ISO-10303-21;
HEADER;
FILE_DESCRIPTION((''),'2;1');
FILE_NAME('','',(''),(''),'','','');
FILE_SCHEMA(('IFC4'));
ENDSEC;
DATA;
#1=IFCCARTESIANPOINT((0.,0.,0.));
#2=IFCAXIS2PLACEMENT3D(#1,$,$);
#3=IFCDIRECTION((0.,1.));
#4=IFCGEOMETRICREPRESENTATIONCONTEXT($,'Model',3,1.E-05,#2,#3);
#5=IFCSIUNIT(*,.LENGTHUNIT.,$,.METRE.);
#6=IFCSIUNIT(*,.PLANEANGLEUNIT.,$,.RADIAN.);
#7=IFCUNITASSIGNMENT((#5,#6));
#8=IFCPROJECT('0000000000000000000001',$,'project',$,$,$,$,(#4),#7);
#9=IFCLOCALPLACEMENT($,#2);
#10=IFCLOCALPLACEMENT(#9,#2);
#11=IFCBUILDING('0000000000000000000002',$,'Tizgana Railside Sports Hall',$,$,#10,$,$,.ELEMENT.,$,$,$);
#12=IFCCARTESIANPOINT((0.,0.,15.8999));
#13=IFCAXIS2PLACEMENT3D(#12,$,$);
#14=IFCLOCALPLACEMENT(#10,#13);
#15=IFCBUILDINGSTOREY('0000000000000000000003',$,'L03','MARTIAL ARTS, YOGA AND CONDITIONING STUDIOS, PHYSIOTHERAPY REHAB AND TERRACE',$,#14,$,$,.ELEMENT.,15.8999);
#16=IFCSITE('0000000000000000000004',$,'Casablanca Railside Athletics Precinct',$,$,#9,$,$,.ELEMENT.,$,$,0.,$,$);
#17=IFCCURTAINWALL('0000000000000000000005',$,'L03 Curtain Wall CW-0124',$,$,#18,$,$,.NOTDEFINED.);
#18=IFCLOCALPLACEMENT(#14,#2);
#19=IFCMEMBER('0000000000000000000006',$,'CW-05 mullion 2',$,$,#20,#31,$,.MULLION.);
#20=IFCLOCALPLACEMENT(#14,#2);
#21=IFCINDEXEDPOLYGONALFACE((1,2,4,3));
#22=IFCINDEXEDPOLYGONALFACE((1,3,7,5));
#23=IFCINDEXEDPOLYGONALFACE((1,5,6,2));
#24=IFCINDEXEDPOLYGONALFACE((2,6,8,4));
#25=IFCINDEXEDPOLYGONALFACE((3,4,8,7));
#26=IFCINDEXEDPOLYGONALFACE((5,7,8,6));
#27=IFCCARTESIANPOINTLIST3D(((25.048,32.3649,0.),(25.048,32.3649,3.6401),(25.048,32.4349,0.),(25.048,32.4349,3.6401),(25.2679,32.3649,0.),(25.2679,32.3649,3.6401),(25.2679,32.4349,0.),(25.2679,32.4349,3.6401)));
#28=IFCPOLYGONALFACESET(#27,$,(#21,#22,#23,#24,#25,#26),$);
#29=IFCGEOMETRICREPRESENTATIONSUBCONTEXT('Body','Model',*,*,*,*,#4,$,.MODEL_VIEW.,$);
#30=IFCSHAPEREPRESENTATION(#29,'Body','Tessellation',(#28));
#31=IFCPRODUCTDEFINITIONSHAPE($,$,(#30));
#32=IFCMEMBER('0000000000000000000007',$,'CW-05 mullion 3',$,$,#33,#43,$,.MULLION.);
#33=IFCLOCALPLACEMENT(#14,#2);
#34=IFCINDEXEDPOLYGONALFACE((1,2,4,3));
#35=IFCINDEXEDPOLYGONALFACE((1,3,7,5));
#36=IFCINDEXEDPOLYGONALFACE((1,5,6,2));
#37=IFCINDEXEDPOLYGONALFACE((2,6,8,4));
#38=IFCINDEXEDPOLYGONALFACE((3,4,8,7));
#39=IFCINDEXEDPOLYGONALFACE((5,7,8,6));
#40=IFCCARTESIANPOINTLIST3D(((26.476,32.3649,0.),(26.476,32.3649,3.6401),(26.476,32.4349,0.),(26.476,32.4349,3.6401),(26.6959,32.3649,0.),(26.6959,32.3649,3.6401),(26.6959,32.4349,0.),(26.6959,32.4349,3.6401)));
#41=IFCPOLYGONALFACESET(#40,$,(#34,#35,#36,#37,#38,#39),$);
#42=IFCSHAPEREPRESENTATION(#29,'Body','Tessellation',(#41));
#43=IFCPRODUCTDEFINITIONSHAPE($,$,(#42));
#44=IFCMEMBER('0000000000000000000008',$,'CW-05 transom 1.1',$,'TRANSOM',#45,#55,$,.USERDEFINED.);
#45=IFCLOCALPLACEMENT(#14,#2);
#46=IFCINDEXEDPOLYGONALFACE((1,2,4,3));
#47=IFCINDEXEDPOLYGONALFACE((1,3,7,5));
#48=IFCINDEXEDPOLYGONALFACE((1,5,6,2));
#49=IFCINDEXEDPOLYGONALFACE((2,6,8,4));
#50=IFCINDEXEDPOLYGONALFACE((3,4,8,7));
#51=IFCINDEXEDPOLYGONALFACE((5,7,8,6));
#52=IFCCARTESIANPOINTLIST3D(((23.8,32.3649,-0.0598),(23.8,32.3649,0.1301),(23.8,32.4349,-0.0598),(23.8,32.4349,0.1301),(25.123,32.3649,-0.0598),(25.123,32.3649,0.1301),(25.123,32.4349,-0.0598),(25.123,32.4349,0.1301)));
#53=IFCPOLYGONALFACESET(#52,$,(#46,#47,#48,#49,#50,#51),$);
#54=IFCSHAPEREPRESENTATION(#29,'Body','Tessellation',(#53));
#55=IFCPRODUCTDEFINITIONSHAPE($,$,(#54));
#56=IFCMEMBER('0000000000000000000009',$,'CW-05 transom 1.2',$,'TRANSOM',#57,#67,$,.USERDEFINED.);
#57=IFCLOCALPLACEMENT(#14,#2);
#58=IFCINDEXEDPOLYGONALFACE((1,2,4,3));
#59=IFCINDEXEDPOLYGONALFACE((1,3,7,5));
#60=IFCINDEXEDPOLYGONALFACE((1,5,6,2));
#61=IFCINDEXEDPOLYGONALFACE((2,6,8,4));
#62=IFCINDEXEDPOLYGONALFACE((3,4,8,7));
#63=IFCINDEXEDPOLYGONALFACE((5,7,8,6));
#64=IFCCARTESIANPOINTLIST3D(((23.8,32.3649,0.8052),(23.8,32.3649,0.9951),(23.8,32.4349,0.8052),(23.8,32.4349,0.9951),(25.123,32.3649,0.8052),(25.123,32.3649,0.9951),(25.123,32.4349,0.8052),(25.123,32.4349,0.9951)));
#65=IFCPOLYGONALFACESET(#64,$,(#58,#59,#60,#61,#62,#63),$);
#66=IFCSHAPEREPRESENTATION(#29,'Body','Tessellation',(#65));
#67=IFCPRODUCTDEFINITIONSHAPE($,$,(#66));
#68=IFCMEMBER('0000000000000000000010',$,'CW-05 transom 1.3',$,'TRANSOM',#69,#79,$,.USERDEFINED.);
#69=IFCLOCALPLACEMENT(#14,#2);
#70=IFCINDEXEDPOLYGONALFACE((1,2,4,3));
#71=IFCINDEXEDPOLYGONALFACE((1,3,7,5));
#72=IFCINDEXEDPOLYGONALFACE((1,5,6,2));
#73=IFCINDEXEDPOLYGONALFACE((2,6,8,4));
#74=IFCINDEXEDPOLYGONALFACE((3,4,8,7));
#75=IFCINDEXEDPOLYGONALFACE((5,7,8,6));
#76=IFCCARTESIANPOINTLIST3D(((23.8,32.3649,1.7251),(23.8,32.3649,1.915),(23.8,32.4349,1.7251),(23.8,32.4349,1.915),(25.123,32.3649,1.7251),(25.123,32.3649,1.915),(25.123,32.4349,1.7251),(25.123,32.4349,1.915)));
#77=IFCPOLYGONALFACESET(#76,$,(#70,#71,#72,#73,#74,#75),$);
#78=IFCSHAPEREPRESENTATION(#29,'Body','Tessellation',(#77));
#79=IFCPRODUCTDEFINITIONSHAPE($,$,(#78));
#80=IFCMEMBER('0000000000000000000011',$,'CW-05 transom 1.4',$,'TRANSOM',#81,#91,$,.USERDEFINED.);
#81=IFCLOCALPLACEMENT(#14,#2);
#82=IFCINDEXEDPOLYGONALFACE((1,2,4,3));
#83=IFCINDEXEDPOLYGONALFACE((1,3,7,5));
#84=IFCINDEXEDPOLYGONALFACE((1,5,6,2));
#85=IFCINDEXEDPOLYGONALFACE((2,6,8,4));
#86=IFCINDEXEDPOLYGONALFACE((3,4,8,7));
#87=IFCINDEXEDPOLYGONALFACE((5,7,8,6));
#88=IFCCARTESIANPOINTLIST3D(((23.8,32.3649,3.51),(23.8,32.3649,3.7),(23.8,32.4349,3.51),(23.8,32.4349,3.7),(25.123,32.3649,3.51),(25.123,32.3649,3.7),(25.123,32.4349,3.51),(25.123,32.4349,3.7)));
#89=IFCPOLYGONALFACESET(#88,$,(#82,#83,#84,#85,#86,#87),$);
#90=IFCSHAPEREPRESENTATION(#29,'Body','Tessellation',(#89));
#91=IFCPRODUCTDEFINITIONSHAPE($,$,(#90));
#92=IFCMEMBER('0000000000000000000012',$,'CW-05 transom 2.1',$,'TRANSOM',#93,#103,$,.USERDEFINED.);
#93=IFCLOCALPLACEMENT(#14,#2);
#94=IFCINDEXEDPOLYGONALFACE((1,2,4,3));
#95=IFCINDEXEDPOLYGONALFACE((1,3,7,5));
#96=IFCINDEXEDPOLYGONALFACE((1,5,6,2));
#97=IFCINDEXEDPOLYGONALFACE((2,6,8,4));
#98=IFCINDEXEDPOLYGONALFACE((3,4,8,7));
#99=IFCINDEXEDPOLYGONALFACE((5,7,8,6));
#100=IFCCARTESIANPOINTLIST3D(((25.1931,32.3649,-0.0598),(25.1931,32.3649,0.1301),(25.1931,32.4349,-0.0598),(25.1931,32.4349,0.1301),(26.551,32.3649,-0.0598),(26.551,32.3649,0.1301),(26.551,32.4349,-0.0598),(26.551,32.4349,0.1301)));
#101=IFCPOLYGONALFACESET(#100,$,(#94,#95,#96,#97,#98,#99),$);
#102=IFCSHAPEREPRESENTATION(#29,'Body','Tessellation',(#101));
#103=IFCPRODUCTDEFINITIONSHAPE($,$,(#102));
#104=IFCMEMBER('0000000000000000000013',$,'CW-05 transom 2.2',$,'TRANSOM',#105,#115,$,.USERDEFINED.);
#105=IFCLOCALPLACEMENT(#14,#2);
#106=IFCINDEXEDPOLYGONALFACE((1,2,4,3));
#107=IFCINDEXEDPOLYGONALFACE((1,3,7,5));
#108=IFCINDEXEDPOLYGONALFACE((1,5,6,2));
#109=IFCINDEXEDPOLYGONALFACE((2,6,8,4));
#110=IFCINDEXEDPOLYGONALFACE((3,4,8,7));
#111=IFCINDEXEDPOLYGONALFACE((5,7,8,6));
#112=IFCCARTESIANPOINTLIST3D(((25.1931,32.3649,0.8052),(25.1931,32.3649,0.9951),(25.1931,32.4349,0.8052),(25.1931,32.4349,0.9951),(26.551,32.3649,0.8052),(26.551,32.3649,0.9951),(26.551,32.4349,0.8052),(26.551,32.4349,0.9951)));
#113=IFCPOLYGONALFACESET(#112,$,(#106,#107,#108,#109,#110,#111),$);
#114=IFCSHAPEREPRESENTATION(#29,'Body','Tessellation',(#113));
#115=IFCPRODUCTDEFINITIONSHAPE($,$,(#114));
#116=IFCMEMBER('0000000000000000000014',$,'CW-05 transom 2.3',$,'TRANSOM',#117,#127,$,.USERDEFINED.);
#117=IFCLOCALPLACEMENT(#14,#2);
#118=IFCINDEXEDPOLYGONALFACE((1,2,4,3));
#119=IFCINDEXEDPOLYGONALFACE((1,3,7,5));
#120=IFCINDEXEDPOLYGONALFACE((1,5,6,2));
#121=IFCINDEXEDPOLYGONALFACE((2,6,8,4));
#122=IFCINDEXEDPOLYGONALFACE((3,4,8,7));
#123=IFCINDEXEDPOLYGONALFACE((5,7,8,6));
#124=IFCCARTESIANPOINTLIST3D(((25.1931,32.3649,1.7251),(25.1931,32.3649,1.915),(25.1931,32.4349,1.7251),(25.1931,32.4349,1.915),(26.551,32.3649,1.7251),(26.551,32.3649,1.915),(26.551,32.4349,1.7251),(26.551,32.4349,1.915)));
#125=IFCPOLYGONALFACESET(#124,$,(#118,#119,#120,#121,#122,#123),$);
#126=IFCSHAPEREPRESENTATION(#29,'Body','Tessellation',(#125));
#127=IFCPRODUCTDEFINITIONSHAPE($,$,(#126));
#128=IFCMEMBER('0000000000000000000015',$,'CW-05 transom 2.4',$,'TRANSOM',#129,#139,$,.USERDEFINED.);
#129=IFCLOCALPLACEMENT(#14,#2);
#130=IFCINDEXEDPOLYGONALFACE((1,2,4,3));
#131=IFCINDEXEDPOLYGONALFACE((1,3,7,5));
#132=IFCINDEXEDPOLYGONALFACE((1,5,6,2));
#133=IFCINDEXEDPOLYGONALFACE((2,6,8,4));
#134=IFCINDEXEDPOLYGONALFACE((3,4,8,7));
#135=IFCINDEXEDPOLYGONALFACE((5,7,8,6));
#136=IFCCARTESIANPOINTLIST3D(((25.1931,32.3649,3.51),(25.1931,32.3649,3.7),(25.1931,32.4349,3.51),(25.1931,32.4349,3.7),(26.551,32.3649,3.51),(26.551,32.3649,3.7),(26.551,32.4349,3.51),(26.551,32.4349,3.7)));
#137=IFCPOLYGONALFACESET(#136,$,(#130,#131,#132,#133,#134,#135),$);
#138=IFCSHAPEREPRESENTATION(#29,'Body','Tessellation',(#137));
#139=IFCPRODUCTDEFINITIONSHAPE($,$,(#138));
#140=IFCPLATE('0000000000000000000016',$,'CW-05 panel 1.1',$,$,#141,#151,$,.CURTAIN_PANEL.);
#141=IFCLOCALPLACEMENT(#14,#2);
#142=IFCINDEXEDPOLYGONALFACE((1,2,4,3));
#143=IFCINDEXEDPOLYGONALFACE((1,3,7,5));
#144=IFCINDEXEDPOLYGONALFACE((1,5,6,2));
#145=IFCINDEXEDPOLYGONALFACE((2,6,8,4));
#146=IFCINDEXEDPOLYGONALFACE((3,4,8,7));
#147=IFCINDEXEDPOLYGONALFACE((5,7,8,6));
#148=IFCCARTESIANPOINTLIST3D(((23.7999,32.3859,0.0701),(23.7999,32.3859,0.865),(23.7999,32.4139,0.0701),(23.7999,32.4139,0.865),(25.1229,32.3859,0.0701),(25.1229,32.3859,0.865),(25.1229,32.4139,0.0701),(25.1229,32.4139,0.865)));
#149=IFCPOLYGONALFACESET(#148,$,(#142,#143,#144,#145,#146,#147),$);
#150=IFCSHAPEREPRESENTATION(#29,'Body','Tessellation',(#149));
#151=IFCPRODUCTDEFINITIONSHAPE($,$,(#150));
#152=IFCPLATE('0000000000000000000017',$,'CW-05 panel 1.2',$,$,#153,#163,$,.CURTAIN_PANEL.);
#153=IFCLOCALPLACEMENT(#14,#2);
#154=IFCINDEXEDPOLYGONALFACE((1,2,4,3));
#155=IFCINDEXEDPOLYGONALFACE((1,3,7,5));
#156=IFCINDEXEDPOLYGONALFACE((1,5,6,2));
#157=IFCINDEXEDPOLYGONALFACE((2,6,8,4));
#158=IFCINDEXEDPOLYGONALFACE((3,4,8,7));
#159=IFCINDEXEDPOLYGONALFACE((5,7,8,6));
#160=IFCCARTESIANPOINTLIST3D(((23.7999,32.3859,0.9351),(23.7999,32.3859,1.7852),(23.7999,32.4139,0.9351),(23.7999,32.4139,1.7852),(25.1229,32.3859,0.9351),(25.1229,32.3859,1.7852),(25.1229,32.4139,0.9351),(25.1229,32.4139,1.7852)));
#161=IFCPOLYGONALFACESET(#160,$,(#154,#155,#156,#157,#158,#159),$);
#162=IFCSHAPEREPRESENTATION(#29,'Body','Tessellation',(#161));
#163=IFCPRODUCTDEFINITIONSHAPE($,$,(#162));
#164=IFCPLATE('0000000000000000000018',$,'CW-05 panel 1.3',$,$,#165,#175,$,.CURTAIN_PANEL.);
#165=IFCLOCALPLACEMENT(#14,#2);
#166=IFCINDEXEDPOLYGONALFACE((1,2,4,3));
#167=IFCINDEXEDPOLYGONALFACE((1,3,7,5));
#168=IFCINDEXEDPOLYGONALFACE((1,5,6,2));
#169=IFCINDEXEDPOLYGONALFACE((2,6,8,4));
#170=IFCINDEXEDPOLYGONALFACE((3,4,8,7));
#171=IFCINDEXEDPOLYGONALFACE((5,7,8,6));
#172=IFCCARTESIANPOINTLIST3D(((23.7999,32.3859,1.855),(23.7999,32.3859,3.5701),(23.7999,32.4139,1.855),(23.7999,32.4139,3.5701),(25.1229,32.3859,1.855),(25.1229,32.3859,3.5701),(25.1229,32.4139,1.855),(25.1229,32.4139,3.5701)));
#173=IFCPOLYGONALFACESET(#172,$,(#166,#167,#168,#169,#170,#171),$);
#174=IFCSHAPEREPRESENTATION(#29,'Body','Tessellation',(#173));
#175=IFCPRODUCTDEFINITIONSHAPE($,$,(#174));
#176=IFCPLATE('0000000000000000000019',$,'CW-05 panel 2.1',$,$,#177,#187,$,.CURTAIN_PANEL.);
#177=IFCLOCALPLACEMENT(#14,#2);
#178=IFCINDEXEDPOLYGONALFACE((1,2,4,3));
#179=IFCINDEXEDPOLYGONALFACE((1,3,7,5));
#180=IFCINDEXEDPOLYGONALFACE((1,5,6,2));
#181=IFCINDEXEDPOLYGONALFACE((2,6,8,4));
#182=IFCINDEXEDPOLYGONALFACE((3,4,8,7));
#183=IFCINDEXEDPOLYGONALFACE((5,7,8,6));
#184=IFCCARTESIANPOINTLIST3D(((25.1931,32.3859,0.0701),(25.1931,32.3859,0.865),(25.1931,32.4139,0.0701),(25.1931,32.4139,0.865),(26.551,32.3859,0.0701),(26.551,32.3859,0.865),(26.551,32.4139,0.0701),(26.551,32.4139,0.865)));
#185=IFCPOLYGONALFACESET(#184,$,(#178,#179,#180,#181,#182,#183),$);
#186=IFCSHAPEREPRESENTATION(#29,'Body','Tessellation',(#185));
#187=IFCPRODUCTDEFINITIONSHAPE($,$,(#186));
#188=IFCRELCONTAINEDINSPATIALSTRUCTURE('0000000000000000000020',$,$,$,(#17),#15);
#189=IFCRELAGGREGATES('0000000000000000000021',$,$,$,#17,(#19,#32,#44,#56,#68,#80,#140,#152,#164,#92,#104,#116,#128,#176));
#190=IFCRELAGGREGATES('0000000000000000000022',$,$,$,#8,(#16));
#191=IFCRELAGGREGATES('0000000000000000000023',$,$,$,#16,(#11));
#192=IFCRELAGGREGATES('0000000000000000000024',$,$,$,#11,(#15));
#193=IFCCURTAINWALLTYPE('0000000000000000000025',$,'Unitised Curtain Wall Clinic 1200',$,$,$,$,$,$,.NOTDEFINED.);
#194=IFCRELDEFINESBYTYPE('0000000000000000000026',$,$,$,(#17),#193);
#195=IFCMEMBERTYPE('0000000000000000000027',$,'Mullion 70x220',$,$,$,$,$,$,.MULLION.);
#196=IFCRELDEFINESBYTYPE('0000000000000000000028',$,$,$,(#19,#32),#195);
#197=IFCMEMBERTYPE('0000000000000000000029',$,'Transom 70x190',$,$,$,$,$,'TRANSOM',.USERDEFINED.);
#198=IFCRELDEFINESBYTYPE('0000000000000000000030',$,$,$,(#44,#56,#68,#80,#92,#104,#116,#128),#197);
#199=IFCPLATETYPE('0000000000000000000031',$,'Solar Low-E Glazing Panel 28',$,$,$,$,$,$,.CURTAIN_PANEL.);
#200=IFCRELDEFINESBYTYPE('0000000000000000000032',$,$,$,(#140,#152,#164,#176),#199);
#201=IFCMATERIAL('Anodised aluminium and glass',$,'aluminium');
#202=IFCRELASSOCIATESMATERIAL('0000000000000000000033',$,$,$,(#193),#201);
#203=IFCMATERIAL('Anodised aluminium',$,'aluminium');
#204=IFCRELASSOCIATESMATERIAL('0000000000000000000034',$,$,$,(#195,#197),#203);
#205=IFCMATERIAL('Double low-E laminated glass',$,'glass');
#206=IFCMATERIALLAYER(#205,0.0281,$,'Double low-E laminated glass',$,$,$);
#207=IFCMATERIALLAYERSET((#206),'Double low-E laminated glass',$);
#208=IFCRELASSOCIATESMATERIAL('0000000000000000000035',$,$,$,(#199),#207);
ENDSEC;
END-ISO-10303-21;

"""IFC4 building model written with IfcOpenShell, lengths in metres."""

from ifc_helpers import new_model, si_unit, direction, frame, origin, origin_2d, place, context, subcontext, project, spatial, rectangle, extrude, material, layer, layer_set, material_profile, profile_set, type_object, element, aggregate, save


model = new_model("IFC4")

# Units and contexts
model_context = context("Model", 3, precision=1e-05, world=origin(), true_north=direction((0.0, 1.0)))
body_context = subcontext(model_context, "Body", "Model", "MODEL_VIEW")
ifc_project = project(units=[si_unit("LENGTHUNIT", "METRE"), si_unit("PLANEANGLEUNIT", "RADIAN")], contexts=[model_context])

# Site, building, storey
site_placement = place(None, origin())
site = spatial("IfcSite", under=ifc_project, at=site_placement, Name="Casablanca Railside Athletics Precinct", CompositionType="ELEMENT", RefElevation=0.0)
building_placement = place(site_placement, origin())
building = spatial("IfcBuilding", under=site, at=building_placement, Name="Tizgana Railside Sports Hall", CompositionType="ELEMENT")
storey_placement = place(building_placement, frame((0.0, 0.0, 15.8999)))
storey = spatial("IfcBuildingStorey", under=building, at=storey_placement, Name="L03", Description="MARTIAL ARTS, YOGA AND CONDITIONING STUDIOS, PHYSIOTHERAPY REHAB AND TERRACE", CompositionType="ELEMENT", Elevation=15.8999)

# Curtain wall, members, plates
ifc_material_1 = material(Name="Anodised aluminium and glass", Category="aluminium")
curtain_wall_type = type_object("IfcCurtainWallType", Name="Unitised Curtain Wall Clinic 1200", PredefinedType="NOTDEFINED", material=ifc_material_1)
curtain_wall_placement = place(storey_placement, origin())
curtain_wall = element("IfcCurtainWall", 1, at=curtain_wall_placement, inside=storey, type_object=curtain_wall_type, Name="L03 Curtain Wall CW-0124", PredefinedType="NOTDEFINED")
ifc_material_2 = material(Name="Anodised aluminium", Category="aluminium")
ifc_material_profile_1 = material_profile(ifc_material_2, rectangle(XDim=0.0701, YDim=0.22, at=origin_2d()), Name="Mullion 70x220")
ifc_profile_set_1 = profile_set([ifc_material_profile_1], Name="Anodised aluminium")
member_type_1 = type_object("IfcMemberType", Name="Mullion 70x220", PredefinedType="MULLION", material=ifc_profile_set_1)
member_1_placement = place(storey_placement, frame((25.158, 32.3999, 0.0), z_axis=(0.0, 0.0, 1.0), x_axis=(0.0, 1.0, 0.0)))
member_1 = element("IfcMember", 2, at=member_1_placement, type_object=member_type_1, Name="CW-05 mullion 2", PredefinedType="MULLION", context=body_context, shape_type="SweptSolid", body=[
    extrude(rectangle(XDim=0.0701, YDim=0.22, at=origin_2d()), origin(), (0.0, 0.0, 1.0), 3.6401),
])
member_2_placement = place(storey_placement, frame((26.5859, 32.3999, 0.0), z_axis=(0.0, 0.0, 1.0), x_axis=(0.0, 1.0, 0.0)))
member_2 = element("IfcMember", 3, at=member_2_placement, type_object=member_type_1, Name="CW-05 mullion 3", PredefinedType="MULLION", context=body_context, shape_type="SweptSolid", body=[
    extrude(rectangle(XDim=0.0701, YDim=0.22, at=origin_2d()), origin(), (0.0, 0.0, 1.0), 3.6401),
])
ifc_material_profile_2 = material_profile(ifc_material_2, rectangle(XDim=0.0701, YDim=0.1899, at=origin_2d()), Name="Transom 70x190")
ifc_profile_set_2 = profile_set([ifc_material_profile_2], Name="Anodised aluminium")
member_type_2 = type_object("IfcMemberType", Name="Transom 70x190", ElementType="TRANSOM", PredefinedType="USERDEFINED", material=ifc_profile_set_2)
member_3_placement = place(storey_placement, frame((23.8, 32.3999, 0.0352), z_axis=(1.0, 0.0, 0.0), x_axis=(0.0, 1.0, 0.0)))
member_3 = element("IfcMember", 4, at=member_3_placement, type_object=member_type_2, Name="CW-05 transom 1.1", ObjectType="TRANSOM", PredefinedType="USERDEFINED", context=body_context, shape_type="SweptSolid", body=[
    extrude(rectangle(XDim=0.0701, YDim=0.1899, at=origin_2d()), origin(), (0.0, 0.0, 1.0), 1.323),
])
member_4_placement = place(storey_placement, frame((23.8, 32.3999, 0.9001), z_axis=(1.0, 0.0, 0.0), x_axis=(0.0, 1.0, 0.0)))
member_4 = element("IfcMember", 5, at=member_4_placement, type_object=member_type_2, Name="CW-05 transom 1.2", ObjectType="TRANSOM", PredefinedType="USERDEFINED", context=body_context, shape_type="SweptSolid", body=[
    extrude(rectangle(XDim=0.0701, YDim=0.1899, at=origin_2d()), origin(), (0.0, 0.0, 1.0), 1.323),
])
member_5_placement = place(storey_placement, frame((23.8, 32.3999, 1.8201), z_axis=(1.0, 0.0, 0.0), x_axis=(0.0, 1.0, 0.0)))
member_5 = element("IfcMember", 6, at=member_5_placement, type_object=member_type_2, Name="CW-05 transom 1.3", ObjectType="TRANSOM", PredefinedType="USERDEFINED", context=body_context, shape_type="SweptSolid", body=[
    extrude(rectangle(XDim=0.0701, YDim=0.1899, at=origin_2d()), origin(), (0.0, 0.0, 1.0), 1.323),
])
member_6_placement = place(storey_placement, frame((23.8, 32.3999, 3.605), z_axis=(1.0, 0.0, 0.0), x_axis=(0.0, 1.0, 0.0)))
member_6 = element("IfcMember", 7, at=member_6_placement, type_object=member_type_2, Name="CW-05 transom 1.4", ObjectType="TRANSOM", PredefinedType="USERDEFINED", context=body_context, shape_type="SweptSolid", body=[
    extrude(rectangle(XDim=0.0701, YDim=0.1899, at=origin_2d()), origin(), (0.0, 0.0, 1.0), 1.323),
])
member_7_placement = place(storey_placement, frame((25.1931, 32.3999, 0.0352), z_axis=(1.0, 0.0, 0.0), x_axis=(0.0, 1.0, 0.0)))
member_7 = element("IfcMember", 8, at=member_7_placement, type_object=member_type_2, Name="CW-05 transom 2.1", ObjectType="TRANSOM", PredefinedType="USERDEFINED", context=body_context, shape_type="SweptSolid", body=[
    extrude(rectangle(XDim=0.0701, YDim=0.1899, at=origin_2d()), origin(), (0.0, 0.0, 1.0), 1.3579),
])
member_8_placement = place(storey_placement, frame((25.1931, 32.3999, 0.9001), z_axis=(1.0, 0.0, 0.0), x_axis=(0.0, 1.0, 0.0)))
member_8 = element("IfcMember", 9, at=member_8_placement, type_object=member_type_2, Name="CW-05 transom 2.2", ObjectType="TRANSOM", PredefinedType="USERDEFINED", context=body_context, shape_type="SweptSolid", body=[
    extrude(rectangle(XDim=0.0701, YDim=0.1899, at=origin_2d()), origin(), (0.0, 0.0, 1.0), 1.3579),
])
member_9_placement = place(storey_placement, frame((25.1931, 32.3999, 1.8201), z_axis=(1.0, 0.0, 0.0), x_axis=(0.0, 1.0, 0.0)))
member_9 = element("IfcMember", 10, at=member_9_placement, type_object=member_type_2, Name="CW-05 transom 2.3", ObjectType="TRANSOM", PredefinedType="USERDEFINED", context=body_context, shape_type="SweptSolid", body=[
    extrude(rectangle(XDim=0.0701, YDim=0.1899, at=origin_2d()), origin(), (0.0, 0.0, 1.0), 1.3579),
])
member_10_placement = place(storey_placement, frame((25.1931, 32.3999, 3.605), z_axis=(1.0, 0.0, 0.0), x_axis=(0.0, 1.0, 0.0)))
member_10 = element("IfcMember", 11, at=member_10_placement, type_object=member_type_2, Name="CW-05 transom 2.4", ObjectType="TRANSOM", PredefinedType="USERDEFINED", context=body_context, shape_type="SweptSolid", body=[
    extrude(rectangle(XDim=0.0701, YDim=0.1899, at=origin_2d()), origin(), (0.0, 0.0, 1.0), 1.3579),
])
ifc_material_3 = material(Name="Double low-E laminated glass", Category="glass")
ifc_layer = layer(ifc_material_3, 0.0281, Name="Double low-E laminated glass")
ifc_layer_set = layer_set([ifc_layer], Name="Double low-E laminated glass")
plate_type = type_object("IfcPlateType", Name="Solar Low-E Glazing Panel 28", PredefinedType="CURTAIN_PANEL", material=ifc_layer_set)
plate_1_placement = place(storey_placement, frame((24.4614, 32.3999, 0.0701), z_axis=(0.0, 0.0, 1.0), x_axis=(1.0, 0.0, 0.0)))
plate_1 = element("IfcPlate", 12, at=plate_1_placement, type_object=plate_type, Name="CW-05 panel 1.1", PredefinedType="CURTAIN_PANEL", context=body_context, shape_type="SweptSolid", body=[
    extrude(rectangle(XDim=1.323, YDim=0.0281, at=origin_2d()), origin(), (0.0, 0.0, 1.0), 0.7949),
])
plate_2_placement = place(storey_placement, frame((24.4614, 32.3999, 0.9351), z_axis=(0.0, 0.0, 1.0), x_axis=(1.0, 0.0, 0.0)))
plate_2 = element("IfcPlate", 13, at=plate_2_placement, type_object=plate_type, Name="CW-05 panel 1.2", PredefinedType="CURTAIN_PANEL", context=body_context, shape_type="SweptSolid", body=[
    extrude(rectangle(XDim=1.323, YDim=0.0281, at=origin_2d()), origin(), (0.0, 0.0, 1.0), 0.8501),
])
plate_3_placement = place(storey_placement, frame((24.4614, 32.3999, 1.855), z_axis=(0.0, 0.0, 1.0), x_axis=(1.0, 0.0, 0.0)))
plate_3 = element("IfcPlate", 14, at=plate_3_placement, type_object=plate_type, Name="CW-05 panel 1.3", PredefinedType="CURTAIN_PANEL", context=body_context, shape_type="SweptSolid", body=[
    extrude(rectangle(XDim=1.323, YDim=0.0281, at=origin_2d()), origin(), (0.0, 0.0, 1.0), 1.7151),
])
plate_4_placement = place(storey_placement, frame((25.8721, 32.3999, 0.0701), z_axis=(0.0, 0.0, 1.0), x_axis=(1.0, 0.0, 0.0)))
plate_4 = element("IfcPlate", 15, at=plate_4_placement, type_object=plate_type, Name="CW-05 panel 2.1", PredefinedType="CURTAIN_PANEL", context=body_context, shape_type="SweptSolid", body=[
    extrude(rectangle(XDim=1.3579, YDim=0.0281, at=origin_2d()), origin(), (0.0, 0.0, 1.0), 0.7949),
])
aggregate(curtain_wall, [member_1, member_2, member_3, member_4, member_5, member_6, plate_1, plate_2, plate_3, member_7, member_8, member_9, member_10, plate_4])

save(model, "model.ifc")
